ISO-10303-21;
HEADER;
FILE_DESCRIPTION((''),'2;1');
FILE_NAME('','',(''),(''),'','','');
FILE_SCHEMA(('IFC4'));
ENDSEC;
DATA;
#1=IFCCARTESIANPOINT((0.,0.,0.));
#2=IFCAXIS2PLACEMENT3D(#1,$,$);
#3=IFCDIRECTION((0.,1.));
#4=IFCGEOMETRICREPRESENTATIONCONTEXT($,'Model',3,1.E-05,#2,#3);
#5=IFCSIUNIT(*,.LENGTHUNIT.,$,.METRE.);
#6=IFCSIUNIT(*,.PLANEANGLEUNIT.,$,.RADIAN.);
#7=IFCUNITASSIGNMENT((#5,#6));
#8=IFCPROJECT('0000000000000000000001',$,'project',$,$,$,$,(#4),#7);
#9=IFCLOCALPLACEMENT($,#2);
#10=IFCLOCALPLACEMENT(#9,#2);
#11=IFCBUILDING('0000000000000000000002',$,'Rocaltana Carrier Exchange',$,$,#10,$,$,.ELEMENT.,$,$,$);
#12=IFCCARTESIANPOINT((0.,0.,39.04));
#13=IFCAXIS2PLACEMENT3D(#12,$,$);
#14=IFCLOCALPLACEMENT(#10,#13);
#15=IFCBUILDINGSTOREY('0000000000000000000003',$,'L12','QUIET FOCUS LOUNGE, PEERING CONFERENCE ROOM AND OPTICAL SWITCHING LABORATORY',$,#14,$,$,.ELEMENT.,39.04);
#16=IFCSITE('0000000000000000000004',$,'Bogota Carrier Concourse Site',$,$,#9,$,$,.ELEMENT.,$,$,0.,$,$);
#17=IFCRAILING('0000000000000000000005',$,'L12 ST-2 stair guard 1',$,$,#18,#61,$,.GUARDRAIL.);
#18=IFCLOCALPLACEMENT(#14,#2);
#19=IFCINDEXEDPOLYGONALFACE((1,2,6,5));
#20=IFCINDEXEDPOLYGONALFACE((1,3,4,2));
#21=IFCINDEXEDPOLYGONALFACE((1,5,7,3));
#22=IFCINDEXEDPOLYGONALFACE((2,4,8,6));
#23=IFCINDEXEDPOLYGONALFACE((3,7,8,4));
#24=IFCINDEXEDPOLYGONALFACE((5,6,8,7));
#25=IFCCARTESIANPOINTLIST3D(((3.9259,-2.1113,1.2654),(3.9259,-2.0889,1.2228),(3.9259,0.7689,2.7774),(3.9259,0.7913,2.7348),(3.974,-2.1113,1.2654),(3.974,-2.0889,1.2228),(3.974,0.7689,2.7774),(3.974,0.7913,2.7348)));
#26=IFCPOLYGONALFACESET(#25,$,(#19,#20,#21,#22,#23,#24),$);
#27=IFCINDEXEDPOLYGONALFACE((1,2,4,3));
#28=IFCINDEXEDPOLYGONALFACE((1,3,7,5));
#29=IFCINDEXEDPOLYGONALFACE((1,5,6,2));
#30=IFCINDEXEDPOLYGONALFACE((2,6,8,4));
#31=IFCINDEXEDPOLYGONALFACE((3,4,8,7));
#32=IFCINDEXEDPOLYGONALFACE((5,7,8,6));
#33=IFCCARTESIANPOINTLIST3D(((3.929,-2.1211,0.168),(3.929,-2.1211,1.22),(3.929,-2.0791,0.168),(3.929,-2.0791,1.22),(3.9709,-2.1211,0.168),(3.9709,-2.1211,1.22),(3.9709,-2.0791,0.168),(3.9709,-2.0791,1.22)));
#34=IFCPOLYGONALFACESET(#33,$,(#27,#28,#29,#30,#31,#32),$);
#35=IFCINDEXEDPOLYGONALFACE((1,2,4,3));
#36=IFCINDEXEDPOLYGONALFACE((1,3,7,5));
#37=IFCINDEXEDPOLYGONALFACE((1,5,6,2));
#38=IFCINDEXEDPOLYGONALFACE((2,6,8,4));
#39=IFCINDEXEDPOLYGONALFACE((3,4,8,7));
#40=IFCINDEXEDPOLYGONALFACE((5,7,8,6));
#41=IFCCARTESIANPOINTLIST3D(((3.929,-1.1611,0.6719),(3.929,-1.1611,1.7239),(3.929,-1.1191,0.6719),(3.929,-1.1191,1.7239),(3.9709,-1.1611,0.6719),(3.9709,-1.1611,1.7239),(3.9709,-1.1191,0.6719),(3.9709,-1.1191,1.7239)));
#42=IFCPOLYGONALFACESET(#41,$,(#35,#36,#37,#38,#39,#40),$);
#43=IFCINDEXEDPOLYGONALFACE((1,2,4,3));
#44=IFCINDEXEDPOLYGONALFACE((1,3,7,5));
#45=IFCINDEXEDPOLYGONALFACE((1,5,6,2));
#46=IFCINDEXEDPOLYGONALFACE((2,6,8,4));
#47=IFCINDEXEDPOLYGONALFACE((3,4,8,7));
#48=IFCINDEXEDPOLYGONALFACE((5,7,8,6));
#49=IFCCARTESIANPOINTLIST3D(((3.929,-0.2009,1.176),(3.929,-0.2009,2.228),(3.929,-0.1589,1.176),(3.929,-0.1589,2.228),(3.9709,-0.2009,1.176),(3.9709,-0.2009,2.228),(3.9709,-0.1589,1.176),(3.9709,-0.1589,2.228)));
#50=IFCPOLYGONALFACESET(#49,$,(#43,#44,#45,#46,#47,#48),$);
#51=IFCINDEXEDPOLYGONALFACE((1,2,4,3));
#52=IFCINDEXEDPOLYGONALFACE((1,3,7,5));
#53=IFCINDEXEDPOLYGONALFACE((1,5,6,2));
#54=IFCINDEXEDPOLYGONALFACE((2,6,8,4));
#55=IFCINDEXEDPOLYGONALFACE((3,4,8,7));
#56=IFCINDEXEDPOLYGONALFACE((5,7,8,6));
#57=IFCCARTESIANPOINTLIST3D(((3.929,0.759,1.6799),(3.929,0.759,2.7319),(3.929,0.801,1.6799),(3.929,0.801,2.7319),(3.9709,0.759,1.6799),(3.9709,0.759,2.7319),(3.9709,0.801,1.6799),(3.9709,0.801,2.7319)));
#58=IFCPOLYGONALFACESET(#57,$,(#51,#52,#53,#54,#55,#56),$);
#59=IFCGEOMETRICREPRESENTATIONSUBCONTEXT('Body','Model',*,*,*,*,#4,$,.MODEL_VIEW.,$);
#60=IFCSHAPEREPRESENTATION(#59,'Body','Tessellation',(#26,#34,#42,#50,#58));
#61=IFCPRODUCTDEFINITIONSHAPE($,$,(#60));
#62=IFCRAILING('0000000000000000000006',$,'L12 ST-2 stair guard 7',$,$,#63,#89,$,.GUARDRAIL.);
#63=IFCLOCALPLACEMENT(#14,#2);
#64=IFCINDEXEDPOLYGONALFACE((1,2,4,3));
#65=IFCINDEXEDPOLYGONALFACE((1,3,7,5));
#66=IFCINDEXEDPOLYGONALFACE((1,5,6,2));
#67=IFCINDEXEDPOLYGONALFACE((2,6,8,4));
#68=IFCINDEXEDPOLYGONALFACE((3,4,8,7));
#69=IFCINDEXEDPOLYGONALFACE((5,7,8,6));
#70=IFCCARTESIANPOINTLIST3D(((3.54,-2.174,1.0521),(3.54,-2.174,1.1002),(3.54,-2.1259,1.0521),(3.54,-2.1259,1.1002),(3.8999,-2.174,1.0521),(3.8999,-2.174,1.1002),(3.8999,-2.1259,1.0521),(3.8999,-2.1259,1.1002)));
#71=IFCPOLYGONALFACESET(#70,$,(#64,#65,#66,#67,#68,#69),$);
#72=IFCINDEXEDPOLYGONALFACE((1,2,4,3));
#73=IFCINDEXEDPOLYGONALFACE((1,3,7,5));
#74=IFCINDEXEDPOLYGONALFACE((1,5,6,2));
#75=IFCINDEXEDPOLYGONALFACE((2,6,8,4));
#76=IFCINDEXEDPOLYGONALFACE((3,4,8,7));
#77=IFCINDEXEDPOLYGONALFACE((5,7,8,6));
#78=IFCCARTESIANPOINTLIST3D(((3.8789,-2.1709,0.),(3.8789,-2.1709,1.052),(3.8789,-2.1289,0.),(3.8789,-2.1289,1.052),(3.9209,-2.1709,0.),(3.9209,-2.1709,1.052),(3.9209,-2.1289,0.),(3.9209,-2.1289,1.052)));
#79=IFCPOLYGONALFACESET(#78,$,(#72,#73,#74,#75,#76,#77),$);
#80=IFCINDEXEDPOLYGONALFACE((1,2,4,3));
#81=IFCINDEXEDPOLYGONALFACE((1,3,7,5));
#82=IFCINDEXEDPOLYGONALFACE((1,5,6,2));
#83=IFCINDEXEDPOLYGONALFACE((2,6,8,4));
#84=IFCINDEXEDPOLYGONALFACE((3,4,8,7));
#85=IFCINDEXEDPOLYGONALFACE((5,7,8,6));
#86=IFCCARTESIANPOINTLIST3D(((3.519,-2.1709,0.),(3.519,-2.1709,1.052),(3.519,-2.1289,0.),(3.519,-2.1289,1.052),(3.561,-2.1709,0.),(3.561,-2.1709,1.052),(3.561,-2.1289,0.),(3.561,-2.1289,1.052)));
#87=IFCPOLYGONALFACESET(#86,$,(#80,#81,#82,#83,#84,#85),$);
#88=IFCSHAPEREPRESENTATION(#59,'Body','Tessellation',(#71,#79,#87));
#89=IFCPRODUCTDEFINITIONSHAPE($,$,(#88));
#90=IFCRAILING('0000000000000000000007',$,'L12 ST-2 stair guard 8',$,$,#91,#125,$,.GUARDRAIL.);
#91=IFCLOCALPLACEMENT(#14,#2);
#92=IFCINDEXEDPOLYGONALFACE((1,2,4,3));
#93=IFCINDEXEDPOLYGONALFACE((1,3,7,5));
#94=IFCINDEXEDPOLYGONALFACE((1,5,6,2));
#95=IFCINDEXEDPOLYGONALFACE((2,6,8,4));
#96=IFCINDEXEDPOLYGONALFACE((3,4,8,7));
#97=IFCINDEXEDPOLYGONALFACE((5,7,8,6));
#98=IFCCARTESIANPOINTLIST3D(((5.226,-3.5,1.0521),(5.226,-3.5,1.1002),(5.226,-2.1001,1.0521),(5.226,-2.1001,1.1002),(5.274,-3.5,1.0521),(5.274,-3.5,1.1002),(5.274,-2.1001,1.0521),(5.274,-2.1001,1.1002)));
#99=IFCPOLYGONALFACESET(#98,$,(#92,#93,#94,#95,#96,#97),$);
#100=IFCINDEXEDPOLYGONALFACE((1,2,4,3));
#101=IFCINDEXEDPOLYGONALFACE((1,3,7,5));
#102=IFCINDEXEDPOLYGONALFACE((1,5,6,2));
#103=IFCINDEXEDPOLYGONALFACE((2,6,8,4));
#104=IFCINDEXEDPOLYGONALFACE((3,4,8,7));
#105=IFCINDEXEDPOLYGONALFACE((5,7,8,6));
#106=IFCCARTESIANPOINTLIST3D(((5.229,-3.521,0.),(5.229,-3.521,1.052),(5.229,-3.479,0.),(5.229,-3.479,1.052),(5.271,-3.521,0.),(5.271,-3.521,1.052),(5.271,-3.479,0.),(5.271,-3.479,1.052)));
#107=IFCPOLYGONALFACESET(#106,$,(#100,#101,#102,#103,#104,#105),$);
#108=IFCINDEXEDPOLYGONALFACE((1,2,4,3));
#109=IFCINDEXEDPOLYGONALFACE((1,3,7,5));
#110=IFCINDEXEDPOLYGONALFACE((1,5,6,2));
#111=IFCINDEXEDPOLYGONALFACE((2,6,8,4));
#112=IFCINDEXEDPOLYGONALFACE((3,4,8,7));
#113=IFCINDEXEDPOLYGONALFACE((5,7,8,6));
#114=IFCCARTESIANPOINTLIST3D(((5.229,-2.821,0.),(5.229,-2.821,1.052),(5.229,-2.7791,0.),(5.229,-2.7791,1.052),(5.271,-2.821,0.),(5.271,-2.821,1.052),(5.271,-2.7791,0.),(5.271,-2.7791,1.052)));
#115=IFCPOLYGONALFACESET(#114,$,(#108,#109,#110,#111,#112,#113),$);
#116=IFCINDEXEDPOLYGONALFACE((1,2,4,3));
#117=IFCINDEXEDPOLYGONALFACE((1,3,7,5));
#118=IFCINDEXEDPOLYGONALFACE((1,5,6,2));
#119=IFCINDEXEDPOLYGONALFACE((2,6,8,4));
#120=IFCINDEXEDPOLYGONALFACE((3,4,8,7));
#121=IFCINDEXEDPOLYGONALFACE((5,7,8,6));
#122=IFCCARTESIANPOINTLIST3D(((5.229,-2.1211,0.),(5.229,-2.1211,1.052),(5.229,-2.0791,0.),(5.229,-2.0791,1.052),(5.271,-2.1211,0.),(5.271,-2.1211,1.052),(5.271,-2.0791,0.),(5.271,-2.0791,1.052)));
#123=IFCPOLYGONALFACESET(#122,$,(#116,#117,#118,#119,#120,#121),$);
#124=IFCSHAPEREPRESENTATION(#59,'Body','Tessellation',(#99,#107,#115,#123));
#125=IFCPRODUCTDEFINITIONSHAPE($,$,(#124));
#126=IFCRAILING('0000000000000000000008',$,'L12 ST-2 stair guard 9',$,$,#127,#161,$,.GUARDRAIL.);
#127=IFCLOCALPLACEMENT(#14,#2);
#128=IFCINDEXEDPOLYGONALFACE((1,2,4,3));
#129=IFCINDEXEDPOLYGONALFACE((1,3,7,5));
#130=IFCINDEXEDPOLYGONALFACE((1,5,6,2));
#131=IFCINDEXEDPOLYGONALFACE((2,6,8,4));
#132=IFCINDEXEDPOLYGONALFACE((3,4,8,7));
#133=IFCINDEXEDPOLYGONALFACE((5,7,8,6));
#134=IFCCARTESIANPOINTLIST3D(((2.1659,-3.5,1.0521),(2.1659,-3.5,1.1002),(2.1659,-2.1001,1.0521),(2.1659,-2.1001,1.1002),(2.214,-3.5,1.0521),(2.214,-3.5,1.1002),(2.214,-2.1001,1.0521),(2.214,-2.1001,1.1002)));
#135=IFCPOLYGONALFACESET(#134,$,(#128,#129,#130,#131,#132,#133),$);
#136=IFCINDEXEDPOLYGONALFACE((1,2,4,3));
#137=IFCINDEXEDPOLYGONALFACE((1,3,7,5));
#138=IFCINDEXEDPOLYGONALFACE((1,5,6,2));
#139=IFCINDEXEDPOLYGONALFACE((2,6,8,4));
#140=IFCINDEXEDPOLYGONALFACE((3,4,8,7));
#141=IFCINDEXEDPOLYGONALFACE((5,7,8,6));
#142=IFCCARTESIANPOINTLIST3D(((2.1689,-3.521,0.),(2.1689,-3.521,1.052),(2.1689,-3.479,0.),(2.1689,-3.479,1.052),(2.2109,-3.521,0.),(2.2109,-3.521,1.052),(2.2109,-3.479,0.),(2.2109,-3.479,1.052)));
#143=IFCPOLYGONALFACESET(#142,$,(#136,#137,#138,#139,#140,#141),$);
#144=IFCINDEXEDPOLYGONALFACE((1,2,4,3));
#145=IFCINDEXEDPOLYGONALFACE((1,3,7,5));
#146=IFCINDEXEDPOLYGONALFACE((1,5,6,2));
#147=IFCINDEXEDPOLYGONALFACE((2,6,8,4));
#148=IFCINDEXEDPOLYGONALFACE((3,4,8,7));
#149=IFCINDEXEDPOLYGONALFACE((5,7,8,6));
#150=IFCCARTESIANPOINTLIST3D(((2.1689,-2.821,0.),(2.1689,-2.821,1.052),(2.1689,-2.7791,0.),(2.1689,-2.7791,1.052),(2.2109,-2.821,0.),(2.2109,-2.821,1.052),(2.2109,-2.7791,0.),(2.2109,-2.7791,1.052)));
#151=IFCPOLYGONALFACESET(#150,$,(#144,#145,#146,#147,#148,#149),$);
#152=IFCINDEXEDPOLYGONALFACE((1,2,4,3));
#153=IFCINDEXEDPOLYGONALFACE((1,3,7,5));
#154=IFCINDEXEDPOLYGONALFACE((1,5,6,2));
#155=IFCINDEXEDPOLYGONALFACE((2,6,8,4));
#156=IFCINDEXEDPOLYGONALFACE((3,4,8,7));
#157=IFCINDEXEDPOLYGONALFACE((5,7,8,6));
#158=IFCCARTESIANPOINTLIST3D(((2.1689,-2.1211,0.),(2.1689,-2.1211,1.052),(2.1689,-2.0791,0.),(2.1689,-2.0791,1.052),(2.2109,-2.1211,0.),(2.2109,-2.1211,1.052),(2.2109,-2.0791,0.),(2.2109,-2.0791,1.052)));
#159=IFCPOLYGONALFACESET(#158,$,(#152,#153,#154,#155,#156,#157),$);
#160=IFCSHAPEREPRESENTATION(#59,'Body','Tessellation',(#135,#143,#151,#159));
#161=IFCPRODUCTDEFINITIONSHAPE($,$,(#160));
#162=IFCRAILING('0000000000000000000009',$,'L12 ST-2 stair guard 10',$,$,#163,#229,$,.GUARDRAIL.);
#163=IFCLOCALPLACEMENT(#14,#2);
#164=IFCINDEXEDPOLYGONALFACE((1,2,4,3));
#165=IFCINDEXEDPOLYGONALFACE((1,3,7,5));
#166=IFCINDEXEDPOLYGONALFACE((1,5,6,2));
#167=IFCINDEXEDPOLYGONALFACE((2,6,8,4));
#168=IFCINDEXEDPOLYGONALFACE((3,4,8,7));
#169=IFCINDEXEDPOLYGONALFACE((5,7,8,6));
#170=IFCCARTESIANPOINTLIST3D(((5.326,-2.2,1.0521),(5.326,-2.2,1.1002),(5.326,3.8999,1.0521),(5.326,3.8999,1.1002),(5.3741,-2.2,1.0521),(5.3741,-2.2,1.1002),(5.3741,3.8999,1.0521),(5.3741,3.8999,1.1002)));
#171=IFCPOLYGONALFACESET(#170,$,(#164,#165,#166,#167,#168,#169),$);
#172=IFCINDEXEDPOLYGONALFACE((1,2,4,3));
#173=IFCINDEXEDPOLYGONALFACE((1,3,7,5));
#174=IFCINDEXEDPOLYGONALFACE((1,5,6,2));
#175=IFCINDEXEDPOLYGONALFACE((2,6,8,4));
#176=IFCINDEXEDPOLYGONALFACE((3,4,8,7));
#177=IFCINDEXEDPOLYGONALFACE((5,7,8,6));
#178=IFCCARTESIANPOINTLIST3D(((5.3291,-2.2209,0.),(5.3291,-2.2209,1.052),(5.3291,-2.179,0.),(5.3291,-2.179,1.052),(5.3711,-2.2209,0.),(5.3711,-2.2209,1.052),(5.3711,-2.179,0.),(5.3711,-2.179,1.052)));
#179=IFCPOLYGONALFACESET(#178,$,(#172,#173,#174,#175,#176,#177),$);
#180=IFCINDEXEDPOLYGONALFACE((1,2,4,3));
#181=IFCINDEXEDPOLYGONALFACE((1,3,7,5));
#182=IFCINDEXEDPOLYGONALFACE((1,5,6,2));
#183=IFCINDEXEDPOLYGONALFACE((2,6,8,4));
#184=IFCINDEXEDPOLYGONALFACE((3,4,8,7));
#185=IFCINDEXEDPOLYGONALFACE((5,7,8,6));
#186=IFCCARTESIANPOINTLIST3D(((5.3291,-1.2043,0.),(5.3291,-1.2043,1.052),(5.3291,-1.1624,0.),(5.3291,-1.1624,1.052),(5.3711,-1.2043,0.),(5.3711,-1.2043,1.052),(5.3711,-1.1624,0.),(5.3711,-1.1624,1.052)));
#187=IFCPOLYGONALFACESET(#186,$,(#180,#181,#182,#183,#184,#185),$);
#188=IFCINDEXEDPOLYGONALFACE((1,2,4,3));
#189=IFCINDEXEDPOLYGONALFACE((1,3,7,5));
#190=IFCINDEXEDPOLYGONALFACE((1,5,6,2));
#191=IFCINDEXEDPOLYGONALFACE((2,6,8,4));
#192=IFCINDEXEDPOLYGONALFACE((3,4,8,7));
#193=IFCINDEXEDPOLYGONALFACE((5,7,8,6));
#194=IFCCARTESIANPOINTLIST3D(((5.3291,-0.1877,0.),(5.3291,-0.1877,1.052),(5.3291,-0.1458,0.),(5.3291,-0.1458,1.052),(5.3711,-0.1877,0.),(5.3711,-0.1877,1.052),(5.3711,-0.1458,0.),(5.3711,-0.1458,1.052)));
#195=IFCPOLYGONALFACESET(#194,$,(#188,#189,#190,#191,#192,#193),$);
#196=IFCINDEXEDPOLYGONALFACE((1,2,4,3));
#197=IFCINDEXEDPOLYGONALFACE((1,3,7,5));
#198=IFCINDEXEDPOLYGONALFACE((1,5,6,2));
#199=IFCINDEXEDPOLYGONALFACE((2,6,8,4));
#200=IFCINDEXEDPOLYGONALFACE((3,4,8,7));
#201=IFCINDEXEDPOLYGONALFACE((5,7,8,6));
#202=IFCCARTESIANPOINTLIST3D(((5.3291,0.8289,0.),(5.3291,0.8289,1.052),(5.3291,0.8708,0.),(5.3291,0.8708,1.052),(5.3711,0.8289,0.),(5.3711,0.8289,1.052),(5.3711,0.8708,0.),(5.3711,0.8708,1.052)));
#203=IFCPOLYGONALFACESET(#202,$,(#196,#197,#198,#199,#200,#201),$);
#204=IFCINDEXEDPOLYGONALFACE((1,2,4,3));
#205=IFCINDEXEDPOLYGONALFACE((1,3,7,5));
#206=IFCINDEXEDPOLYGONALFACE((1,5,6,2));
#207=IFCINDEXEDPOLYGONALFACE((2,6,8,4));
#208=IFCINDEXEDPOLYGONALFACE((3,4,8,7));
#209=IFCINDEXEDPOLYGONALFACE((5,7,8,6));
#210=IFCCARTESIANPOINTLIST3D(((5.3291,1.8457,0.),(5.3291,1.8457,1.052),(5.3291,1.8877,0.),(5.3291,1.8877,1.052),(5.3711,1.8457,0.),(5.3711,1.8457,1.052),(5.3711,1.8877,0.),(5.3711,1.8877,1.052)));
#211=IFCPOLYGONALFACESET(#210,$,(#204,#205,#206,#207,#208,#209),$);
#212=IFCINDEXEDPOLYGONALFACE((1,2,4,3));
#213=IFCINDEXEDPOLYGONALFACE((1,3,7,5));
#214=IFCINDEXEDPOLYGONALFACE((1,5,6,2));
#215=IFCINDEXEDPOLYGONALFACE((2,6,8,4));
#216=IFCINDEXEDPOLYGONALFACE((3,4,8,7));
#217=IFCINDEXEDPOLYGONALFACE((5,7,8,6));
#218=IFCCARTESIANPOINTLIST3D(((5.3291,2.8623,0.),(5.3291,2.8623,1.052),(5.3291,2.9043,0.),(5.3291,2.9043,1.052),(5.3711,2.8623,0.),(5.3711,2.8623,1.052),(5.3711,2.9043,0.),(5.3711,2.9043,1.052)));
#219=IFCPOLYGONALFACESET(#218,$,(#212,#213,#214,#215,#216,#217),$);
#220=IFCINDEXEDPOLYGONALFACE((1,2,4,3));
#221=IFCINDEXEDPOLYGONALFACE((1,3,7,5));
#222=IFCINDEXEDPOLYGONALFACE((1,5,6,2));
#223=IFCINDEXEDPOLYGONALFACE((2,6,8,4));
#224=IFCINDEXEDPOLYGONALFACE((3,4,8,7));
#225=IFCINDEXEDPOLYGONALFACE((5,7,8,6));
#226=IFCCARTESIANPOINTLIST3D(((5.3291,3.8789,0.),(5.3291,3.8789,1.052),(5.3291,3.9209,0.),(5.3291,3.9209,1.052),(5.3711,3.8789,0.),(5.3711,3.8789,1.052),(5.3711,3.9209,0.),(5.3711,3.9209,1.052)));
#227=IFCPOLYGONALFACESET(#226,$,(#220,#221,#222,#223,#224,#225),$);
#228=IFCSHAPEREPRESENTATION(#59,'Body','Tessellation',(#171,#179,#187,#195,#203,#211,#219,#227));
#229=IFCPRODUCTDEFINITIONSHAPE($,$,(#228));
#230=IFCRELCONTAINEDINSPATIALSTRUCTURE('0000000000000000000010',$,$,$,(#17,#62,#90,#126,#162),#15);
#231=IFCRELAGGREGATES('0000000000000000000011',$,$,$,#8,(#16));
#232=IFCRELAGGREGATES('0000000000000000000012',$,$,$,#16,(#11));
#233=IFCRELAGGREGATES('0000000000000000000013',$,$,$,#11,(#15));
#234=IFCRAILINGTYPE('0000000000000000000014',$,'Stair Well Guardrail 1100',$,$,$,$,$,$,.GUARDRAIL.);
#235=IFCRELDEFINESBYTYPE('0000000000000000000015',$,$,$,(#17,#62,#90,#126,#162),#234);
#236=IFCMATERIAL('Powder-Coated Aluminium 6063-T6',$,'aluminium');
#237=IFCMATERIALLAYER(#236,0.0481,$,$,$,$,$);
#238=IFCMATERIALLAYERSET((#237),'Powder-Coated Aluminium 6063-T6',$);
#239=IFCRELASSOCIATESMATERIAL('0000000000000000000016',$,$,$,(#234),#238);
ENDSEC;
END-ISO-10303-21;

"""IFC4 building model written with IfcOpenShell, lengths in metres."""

from ifc_helpers import new_model, si_unit, direction, frame, origin, origin_2d, place, context, subcontext, project, spatial, rectangle, extrude, material, layer, layer_set, type_object, element, save


model = new_model("IFC4")

# Units and contexts
model_context = context("Model", 3, precision=1e-05, world=origin(), true_north=direction((0.0, 1.0)))
body_context = subcontext(model_context, "Body", "Model", "MODEL_VIEW")
ifc_project = project(units=[si_unit("LENGTHUNIT", "METRE"), si_unit("PLANEANGLEUNIT", "RADIAN")], contexts=[model_context])

# Site, building, storey
site_placement = place(None, origin())
site = spatial("IfcSite", under=ifc_project, at=site_placement, Name="Bogota Carrier Concourse Site", CompositionType="ELEMENT", RefElevation=0.0)
building_placement = place(site_placement, origin())
building = spatial("IfcBuilding", under=site, at=building_placement, Name="Rocaltana Carrier Exchange", CompositionType="ELEMENT")
storey_placement = place(building_placement, frame((0.0, 0.0, 39.04)))
storey = spatial("IfcBuildingStorey", under=building, at=storey_placement, Name="L12", Description="QUIET FOCUS LOUNGE, PEERING CONFERENCE ROOM AND OPTICAL SWITCHING LABORATORY", CompositionType="ELEMENT", Elevation=39.04)

# Railings
ifc_material_1 = material(Name="Powder-Coated Aluminium 6063-T6", Category="aluminium")
ifc_layer_1 = layer(ifc_material_1, 0.0481)
ifc_layer_set_1 = layer_set([ifc_layer_1], Name="Powder-Coated Aluminium 6063-T6")
railing_type_1 = type_object("IfcRailingType", Name="Stair Well Guardrail 1100", PredefinedType="GUARDRAIL", material=ifc_layer_set_1)
railing_1_placement = place(storey_placement, frame((3.95, -2.1001, 0.168)))
element("IfcRailing", 1, at=railing_1_placement, inside=storey, type_object=railing_type_1, Name="L12 ST-2 stair guard 1", PredefinedType="GUARDRAIL", context=body_context, shape_type="SweptSolid", body=[
    extrude(rectangle(XDim=0.0481, YDim=0.0481, at=origin_2d()), frame((0.0, 0.0, 1.0762), z_axis=(0.0, 0.885411, 0.464809), x_axis=(-1.0, 0.0, 0.0)), (0.0, 0.0, 1.0), 3.2529),
    extrude(rectangle(XDim=0.042, YDim=0.042, at=origin_2d()), origin(), (0.0, 0.0, 1.0), 1.052),
    extrude(rectangle(XDim=0.042, YDim=0.042, at=origin_2d()), frame((0.0, 0.96, 0.5039)), (0.0, 0.0, 1.0), 1.052),
    extrude(rectangle(XDim=0.042, YDim=0.042, at=origin_2d()), frame((0.0, 1.9202, 1.0081)), (0.0, 0.0, 1.0), 1.052),
    extrude(rectangle(XDim=0.042, YDim=0.042, at=origin_2d()), frame((0.0, 2.8801, 1.512)), (0.0, 0.0, 1.0), 1.052),
])
railing_2_placement = place(storey_placement, frame((3.8999, -2.1499, 0.0)))
element("IfcRailing", 2, at=railing_2_placement, inside=storey, type_object=railing_type_1, Name="L12 ST-2 stair guard 7", PredefinedType="GUARDRAIL", context=body_context, shape_type="SweptSolid", body=[
    extrude(rectangle(XDim=0.0481, YDim=0.0481, at=origin_2d()), frame((0.0, 0.0, 1.0762), z_axis=(-1.0, 0.0, 0.0), x_axis=(0.0, -1.0, 0.0)), (0.0, 0.0, 1.0), 0.3599),
    extrude(rectangle(XDim=0.042, YDim=0.042, at=origin_2d()), origin(), (0.0, 0.0, 1.0), 1.052),
    extrude(rectangle(XDim=0.042, YDim=0.042, at=origin_2d()), frame((-0.3599, 0.0, 0.0)), (0.0, 0.0, 1.0), 1.052),
])
for number, where, name in (
    (3, (5.25, -3.5, 0.0), "L12 ST-2 stair guard 8"),
    (4, (2.1899, -3.5, 0.0), "L12 ST-2 stair guard 9"),
):
    element("IfcRailing", number, at=place(storey_placement, frame(where)), inside=storey, type_object=railing_type_1, Name=name, PredefinedType="GUARDRAIL", context=body_context, shape_type="SweptSolid", body=[
        extrude(rectangle(XDim=0.0481, YDim=0.0481, at=origin_2d()), frame((0.0, 0.0, 1.0762), z_axis=(0.0, 1.0, 0.0), x_axis=(-1.0, 0.0, 0.0)), (0.0, 0.0, 1.0), 1.3999),
        extrude(rectangle(XDim=0.042, YDim=0.042, at=origin_2d()), origin(), (0.0, 0.0, 1.0), 1.052),
        extrude(rectangle(XDim=0.042, YDim=0.042, at=origin_2d()), frame((0.0, 0.7, 0.0)), (0.0, 0.0, 1.0), 1.052),
        extrude(rectangle(XDim=0.042, YDim=0.042, at=origin_2d()), frame((0.0, 1.3999, 0.0)), (0.0, 0.0, 1.0), 1.052),
    ])
for number, where, name in (
    (5, (5.3501, -2.2, 0.0), "L12 ST-2 stair guard 10"),
):
    element("IfcRailing", number, at=place(storey_placement, frame(where)), inside=storey, type_object=railing_type_1, Name=name, PredefinedType="GUARDRAIL", context=body_context, shape_type="SweptSolid", body=[
        extrude(rectangle(XDim=0.0481, YDim=0.0481, at=origin_2d()), frame((0.0, 0.0, 1.0762), z_axis=(0.0, 1.0, 0.0), x_axis=(-1.0, 0.0, 0.0)), (0.0, 0.0, 1.0), 6.0999),
        extrude(rectangle(XDim=0.042, YDim=0.042, at=origin_2d()), origin(), (0.0, 0.0, 1.0), 1.052),
        extrude(rectangle(XDim=0.042, YDim=0.042, at=origin_2d()), frame((0.0, 1.0166, 0.0)), (0.0, 0.0, 1.0), 1.052),
        extrude(rectangle(XDim=0.042, YDim=0.042, at=origin_2d()), frame((0.0, 2.0332, 0.0)), (0.0, 0.0, 1.0), 1.052),
        extrude(rectangle(XDim=0.042, YDim=0.042, at=origin_2d()), frame((0.0, 3.0498, 0.0)), (0.0, 0.0, 1.0), 1.052),
        extrude(rectangle(XDim=0.042, YDim=0.042, at=origin_2d()), frame((0.0, 4.0667, 0.0)), (0.0, 0.0, 1.0), 1.052),
        extrude(rectangle(XDim=0.042, YDim=0.042, at=origin_2d()), frame((0.0, 5.0833, 0.0)), (0.0, 0.0, 1.0), 1.052),
        extrude(rectangle(XDim=0.042, YDim=0.042, at=origin_2d()), frame((0.0, 6.0999, 0.0)), (0.0, 0.0, 1.0), 1.052),
    ])

save(model, "model.ifc")
